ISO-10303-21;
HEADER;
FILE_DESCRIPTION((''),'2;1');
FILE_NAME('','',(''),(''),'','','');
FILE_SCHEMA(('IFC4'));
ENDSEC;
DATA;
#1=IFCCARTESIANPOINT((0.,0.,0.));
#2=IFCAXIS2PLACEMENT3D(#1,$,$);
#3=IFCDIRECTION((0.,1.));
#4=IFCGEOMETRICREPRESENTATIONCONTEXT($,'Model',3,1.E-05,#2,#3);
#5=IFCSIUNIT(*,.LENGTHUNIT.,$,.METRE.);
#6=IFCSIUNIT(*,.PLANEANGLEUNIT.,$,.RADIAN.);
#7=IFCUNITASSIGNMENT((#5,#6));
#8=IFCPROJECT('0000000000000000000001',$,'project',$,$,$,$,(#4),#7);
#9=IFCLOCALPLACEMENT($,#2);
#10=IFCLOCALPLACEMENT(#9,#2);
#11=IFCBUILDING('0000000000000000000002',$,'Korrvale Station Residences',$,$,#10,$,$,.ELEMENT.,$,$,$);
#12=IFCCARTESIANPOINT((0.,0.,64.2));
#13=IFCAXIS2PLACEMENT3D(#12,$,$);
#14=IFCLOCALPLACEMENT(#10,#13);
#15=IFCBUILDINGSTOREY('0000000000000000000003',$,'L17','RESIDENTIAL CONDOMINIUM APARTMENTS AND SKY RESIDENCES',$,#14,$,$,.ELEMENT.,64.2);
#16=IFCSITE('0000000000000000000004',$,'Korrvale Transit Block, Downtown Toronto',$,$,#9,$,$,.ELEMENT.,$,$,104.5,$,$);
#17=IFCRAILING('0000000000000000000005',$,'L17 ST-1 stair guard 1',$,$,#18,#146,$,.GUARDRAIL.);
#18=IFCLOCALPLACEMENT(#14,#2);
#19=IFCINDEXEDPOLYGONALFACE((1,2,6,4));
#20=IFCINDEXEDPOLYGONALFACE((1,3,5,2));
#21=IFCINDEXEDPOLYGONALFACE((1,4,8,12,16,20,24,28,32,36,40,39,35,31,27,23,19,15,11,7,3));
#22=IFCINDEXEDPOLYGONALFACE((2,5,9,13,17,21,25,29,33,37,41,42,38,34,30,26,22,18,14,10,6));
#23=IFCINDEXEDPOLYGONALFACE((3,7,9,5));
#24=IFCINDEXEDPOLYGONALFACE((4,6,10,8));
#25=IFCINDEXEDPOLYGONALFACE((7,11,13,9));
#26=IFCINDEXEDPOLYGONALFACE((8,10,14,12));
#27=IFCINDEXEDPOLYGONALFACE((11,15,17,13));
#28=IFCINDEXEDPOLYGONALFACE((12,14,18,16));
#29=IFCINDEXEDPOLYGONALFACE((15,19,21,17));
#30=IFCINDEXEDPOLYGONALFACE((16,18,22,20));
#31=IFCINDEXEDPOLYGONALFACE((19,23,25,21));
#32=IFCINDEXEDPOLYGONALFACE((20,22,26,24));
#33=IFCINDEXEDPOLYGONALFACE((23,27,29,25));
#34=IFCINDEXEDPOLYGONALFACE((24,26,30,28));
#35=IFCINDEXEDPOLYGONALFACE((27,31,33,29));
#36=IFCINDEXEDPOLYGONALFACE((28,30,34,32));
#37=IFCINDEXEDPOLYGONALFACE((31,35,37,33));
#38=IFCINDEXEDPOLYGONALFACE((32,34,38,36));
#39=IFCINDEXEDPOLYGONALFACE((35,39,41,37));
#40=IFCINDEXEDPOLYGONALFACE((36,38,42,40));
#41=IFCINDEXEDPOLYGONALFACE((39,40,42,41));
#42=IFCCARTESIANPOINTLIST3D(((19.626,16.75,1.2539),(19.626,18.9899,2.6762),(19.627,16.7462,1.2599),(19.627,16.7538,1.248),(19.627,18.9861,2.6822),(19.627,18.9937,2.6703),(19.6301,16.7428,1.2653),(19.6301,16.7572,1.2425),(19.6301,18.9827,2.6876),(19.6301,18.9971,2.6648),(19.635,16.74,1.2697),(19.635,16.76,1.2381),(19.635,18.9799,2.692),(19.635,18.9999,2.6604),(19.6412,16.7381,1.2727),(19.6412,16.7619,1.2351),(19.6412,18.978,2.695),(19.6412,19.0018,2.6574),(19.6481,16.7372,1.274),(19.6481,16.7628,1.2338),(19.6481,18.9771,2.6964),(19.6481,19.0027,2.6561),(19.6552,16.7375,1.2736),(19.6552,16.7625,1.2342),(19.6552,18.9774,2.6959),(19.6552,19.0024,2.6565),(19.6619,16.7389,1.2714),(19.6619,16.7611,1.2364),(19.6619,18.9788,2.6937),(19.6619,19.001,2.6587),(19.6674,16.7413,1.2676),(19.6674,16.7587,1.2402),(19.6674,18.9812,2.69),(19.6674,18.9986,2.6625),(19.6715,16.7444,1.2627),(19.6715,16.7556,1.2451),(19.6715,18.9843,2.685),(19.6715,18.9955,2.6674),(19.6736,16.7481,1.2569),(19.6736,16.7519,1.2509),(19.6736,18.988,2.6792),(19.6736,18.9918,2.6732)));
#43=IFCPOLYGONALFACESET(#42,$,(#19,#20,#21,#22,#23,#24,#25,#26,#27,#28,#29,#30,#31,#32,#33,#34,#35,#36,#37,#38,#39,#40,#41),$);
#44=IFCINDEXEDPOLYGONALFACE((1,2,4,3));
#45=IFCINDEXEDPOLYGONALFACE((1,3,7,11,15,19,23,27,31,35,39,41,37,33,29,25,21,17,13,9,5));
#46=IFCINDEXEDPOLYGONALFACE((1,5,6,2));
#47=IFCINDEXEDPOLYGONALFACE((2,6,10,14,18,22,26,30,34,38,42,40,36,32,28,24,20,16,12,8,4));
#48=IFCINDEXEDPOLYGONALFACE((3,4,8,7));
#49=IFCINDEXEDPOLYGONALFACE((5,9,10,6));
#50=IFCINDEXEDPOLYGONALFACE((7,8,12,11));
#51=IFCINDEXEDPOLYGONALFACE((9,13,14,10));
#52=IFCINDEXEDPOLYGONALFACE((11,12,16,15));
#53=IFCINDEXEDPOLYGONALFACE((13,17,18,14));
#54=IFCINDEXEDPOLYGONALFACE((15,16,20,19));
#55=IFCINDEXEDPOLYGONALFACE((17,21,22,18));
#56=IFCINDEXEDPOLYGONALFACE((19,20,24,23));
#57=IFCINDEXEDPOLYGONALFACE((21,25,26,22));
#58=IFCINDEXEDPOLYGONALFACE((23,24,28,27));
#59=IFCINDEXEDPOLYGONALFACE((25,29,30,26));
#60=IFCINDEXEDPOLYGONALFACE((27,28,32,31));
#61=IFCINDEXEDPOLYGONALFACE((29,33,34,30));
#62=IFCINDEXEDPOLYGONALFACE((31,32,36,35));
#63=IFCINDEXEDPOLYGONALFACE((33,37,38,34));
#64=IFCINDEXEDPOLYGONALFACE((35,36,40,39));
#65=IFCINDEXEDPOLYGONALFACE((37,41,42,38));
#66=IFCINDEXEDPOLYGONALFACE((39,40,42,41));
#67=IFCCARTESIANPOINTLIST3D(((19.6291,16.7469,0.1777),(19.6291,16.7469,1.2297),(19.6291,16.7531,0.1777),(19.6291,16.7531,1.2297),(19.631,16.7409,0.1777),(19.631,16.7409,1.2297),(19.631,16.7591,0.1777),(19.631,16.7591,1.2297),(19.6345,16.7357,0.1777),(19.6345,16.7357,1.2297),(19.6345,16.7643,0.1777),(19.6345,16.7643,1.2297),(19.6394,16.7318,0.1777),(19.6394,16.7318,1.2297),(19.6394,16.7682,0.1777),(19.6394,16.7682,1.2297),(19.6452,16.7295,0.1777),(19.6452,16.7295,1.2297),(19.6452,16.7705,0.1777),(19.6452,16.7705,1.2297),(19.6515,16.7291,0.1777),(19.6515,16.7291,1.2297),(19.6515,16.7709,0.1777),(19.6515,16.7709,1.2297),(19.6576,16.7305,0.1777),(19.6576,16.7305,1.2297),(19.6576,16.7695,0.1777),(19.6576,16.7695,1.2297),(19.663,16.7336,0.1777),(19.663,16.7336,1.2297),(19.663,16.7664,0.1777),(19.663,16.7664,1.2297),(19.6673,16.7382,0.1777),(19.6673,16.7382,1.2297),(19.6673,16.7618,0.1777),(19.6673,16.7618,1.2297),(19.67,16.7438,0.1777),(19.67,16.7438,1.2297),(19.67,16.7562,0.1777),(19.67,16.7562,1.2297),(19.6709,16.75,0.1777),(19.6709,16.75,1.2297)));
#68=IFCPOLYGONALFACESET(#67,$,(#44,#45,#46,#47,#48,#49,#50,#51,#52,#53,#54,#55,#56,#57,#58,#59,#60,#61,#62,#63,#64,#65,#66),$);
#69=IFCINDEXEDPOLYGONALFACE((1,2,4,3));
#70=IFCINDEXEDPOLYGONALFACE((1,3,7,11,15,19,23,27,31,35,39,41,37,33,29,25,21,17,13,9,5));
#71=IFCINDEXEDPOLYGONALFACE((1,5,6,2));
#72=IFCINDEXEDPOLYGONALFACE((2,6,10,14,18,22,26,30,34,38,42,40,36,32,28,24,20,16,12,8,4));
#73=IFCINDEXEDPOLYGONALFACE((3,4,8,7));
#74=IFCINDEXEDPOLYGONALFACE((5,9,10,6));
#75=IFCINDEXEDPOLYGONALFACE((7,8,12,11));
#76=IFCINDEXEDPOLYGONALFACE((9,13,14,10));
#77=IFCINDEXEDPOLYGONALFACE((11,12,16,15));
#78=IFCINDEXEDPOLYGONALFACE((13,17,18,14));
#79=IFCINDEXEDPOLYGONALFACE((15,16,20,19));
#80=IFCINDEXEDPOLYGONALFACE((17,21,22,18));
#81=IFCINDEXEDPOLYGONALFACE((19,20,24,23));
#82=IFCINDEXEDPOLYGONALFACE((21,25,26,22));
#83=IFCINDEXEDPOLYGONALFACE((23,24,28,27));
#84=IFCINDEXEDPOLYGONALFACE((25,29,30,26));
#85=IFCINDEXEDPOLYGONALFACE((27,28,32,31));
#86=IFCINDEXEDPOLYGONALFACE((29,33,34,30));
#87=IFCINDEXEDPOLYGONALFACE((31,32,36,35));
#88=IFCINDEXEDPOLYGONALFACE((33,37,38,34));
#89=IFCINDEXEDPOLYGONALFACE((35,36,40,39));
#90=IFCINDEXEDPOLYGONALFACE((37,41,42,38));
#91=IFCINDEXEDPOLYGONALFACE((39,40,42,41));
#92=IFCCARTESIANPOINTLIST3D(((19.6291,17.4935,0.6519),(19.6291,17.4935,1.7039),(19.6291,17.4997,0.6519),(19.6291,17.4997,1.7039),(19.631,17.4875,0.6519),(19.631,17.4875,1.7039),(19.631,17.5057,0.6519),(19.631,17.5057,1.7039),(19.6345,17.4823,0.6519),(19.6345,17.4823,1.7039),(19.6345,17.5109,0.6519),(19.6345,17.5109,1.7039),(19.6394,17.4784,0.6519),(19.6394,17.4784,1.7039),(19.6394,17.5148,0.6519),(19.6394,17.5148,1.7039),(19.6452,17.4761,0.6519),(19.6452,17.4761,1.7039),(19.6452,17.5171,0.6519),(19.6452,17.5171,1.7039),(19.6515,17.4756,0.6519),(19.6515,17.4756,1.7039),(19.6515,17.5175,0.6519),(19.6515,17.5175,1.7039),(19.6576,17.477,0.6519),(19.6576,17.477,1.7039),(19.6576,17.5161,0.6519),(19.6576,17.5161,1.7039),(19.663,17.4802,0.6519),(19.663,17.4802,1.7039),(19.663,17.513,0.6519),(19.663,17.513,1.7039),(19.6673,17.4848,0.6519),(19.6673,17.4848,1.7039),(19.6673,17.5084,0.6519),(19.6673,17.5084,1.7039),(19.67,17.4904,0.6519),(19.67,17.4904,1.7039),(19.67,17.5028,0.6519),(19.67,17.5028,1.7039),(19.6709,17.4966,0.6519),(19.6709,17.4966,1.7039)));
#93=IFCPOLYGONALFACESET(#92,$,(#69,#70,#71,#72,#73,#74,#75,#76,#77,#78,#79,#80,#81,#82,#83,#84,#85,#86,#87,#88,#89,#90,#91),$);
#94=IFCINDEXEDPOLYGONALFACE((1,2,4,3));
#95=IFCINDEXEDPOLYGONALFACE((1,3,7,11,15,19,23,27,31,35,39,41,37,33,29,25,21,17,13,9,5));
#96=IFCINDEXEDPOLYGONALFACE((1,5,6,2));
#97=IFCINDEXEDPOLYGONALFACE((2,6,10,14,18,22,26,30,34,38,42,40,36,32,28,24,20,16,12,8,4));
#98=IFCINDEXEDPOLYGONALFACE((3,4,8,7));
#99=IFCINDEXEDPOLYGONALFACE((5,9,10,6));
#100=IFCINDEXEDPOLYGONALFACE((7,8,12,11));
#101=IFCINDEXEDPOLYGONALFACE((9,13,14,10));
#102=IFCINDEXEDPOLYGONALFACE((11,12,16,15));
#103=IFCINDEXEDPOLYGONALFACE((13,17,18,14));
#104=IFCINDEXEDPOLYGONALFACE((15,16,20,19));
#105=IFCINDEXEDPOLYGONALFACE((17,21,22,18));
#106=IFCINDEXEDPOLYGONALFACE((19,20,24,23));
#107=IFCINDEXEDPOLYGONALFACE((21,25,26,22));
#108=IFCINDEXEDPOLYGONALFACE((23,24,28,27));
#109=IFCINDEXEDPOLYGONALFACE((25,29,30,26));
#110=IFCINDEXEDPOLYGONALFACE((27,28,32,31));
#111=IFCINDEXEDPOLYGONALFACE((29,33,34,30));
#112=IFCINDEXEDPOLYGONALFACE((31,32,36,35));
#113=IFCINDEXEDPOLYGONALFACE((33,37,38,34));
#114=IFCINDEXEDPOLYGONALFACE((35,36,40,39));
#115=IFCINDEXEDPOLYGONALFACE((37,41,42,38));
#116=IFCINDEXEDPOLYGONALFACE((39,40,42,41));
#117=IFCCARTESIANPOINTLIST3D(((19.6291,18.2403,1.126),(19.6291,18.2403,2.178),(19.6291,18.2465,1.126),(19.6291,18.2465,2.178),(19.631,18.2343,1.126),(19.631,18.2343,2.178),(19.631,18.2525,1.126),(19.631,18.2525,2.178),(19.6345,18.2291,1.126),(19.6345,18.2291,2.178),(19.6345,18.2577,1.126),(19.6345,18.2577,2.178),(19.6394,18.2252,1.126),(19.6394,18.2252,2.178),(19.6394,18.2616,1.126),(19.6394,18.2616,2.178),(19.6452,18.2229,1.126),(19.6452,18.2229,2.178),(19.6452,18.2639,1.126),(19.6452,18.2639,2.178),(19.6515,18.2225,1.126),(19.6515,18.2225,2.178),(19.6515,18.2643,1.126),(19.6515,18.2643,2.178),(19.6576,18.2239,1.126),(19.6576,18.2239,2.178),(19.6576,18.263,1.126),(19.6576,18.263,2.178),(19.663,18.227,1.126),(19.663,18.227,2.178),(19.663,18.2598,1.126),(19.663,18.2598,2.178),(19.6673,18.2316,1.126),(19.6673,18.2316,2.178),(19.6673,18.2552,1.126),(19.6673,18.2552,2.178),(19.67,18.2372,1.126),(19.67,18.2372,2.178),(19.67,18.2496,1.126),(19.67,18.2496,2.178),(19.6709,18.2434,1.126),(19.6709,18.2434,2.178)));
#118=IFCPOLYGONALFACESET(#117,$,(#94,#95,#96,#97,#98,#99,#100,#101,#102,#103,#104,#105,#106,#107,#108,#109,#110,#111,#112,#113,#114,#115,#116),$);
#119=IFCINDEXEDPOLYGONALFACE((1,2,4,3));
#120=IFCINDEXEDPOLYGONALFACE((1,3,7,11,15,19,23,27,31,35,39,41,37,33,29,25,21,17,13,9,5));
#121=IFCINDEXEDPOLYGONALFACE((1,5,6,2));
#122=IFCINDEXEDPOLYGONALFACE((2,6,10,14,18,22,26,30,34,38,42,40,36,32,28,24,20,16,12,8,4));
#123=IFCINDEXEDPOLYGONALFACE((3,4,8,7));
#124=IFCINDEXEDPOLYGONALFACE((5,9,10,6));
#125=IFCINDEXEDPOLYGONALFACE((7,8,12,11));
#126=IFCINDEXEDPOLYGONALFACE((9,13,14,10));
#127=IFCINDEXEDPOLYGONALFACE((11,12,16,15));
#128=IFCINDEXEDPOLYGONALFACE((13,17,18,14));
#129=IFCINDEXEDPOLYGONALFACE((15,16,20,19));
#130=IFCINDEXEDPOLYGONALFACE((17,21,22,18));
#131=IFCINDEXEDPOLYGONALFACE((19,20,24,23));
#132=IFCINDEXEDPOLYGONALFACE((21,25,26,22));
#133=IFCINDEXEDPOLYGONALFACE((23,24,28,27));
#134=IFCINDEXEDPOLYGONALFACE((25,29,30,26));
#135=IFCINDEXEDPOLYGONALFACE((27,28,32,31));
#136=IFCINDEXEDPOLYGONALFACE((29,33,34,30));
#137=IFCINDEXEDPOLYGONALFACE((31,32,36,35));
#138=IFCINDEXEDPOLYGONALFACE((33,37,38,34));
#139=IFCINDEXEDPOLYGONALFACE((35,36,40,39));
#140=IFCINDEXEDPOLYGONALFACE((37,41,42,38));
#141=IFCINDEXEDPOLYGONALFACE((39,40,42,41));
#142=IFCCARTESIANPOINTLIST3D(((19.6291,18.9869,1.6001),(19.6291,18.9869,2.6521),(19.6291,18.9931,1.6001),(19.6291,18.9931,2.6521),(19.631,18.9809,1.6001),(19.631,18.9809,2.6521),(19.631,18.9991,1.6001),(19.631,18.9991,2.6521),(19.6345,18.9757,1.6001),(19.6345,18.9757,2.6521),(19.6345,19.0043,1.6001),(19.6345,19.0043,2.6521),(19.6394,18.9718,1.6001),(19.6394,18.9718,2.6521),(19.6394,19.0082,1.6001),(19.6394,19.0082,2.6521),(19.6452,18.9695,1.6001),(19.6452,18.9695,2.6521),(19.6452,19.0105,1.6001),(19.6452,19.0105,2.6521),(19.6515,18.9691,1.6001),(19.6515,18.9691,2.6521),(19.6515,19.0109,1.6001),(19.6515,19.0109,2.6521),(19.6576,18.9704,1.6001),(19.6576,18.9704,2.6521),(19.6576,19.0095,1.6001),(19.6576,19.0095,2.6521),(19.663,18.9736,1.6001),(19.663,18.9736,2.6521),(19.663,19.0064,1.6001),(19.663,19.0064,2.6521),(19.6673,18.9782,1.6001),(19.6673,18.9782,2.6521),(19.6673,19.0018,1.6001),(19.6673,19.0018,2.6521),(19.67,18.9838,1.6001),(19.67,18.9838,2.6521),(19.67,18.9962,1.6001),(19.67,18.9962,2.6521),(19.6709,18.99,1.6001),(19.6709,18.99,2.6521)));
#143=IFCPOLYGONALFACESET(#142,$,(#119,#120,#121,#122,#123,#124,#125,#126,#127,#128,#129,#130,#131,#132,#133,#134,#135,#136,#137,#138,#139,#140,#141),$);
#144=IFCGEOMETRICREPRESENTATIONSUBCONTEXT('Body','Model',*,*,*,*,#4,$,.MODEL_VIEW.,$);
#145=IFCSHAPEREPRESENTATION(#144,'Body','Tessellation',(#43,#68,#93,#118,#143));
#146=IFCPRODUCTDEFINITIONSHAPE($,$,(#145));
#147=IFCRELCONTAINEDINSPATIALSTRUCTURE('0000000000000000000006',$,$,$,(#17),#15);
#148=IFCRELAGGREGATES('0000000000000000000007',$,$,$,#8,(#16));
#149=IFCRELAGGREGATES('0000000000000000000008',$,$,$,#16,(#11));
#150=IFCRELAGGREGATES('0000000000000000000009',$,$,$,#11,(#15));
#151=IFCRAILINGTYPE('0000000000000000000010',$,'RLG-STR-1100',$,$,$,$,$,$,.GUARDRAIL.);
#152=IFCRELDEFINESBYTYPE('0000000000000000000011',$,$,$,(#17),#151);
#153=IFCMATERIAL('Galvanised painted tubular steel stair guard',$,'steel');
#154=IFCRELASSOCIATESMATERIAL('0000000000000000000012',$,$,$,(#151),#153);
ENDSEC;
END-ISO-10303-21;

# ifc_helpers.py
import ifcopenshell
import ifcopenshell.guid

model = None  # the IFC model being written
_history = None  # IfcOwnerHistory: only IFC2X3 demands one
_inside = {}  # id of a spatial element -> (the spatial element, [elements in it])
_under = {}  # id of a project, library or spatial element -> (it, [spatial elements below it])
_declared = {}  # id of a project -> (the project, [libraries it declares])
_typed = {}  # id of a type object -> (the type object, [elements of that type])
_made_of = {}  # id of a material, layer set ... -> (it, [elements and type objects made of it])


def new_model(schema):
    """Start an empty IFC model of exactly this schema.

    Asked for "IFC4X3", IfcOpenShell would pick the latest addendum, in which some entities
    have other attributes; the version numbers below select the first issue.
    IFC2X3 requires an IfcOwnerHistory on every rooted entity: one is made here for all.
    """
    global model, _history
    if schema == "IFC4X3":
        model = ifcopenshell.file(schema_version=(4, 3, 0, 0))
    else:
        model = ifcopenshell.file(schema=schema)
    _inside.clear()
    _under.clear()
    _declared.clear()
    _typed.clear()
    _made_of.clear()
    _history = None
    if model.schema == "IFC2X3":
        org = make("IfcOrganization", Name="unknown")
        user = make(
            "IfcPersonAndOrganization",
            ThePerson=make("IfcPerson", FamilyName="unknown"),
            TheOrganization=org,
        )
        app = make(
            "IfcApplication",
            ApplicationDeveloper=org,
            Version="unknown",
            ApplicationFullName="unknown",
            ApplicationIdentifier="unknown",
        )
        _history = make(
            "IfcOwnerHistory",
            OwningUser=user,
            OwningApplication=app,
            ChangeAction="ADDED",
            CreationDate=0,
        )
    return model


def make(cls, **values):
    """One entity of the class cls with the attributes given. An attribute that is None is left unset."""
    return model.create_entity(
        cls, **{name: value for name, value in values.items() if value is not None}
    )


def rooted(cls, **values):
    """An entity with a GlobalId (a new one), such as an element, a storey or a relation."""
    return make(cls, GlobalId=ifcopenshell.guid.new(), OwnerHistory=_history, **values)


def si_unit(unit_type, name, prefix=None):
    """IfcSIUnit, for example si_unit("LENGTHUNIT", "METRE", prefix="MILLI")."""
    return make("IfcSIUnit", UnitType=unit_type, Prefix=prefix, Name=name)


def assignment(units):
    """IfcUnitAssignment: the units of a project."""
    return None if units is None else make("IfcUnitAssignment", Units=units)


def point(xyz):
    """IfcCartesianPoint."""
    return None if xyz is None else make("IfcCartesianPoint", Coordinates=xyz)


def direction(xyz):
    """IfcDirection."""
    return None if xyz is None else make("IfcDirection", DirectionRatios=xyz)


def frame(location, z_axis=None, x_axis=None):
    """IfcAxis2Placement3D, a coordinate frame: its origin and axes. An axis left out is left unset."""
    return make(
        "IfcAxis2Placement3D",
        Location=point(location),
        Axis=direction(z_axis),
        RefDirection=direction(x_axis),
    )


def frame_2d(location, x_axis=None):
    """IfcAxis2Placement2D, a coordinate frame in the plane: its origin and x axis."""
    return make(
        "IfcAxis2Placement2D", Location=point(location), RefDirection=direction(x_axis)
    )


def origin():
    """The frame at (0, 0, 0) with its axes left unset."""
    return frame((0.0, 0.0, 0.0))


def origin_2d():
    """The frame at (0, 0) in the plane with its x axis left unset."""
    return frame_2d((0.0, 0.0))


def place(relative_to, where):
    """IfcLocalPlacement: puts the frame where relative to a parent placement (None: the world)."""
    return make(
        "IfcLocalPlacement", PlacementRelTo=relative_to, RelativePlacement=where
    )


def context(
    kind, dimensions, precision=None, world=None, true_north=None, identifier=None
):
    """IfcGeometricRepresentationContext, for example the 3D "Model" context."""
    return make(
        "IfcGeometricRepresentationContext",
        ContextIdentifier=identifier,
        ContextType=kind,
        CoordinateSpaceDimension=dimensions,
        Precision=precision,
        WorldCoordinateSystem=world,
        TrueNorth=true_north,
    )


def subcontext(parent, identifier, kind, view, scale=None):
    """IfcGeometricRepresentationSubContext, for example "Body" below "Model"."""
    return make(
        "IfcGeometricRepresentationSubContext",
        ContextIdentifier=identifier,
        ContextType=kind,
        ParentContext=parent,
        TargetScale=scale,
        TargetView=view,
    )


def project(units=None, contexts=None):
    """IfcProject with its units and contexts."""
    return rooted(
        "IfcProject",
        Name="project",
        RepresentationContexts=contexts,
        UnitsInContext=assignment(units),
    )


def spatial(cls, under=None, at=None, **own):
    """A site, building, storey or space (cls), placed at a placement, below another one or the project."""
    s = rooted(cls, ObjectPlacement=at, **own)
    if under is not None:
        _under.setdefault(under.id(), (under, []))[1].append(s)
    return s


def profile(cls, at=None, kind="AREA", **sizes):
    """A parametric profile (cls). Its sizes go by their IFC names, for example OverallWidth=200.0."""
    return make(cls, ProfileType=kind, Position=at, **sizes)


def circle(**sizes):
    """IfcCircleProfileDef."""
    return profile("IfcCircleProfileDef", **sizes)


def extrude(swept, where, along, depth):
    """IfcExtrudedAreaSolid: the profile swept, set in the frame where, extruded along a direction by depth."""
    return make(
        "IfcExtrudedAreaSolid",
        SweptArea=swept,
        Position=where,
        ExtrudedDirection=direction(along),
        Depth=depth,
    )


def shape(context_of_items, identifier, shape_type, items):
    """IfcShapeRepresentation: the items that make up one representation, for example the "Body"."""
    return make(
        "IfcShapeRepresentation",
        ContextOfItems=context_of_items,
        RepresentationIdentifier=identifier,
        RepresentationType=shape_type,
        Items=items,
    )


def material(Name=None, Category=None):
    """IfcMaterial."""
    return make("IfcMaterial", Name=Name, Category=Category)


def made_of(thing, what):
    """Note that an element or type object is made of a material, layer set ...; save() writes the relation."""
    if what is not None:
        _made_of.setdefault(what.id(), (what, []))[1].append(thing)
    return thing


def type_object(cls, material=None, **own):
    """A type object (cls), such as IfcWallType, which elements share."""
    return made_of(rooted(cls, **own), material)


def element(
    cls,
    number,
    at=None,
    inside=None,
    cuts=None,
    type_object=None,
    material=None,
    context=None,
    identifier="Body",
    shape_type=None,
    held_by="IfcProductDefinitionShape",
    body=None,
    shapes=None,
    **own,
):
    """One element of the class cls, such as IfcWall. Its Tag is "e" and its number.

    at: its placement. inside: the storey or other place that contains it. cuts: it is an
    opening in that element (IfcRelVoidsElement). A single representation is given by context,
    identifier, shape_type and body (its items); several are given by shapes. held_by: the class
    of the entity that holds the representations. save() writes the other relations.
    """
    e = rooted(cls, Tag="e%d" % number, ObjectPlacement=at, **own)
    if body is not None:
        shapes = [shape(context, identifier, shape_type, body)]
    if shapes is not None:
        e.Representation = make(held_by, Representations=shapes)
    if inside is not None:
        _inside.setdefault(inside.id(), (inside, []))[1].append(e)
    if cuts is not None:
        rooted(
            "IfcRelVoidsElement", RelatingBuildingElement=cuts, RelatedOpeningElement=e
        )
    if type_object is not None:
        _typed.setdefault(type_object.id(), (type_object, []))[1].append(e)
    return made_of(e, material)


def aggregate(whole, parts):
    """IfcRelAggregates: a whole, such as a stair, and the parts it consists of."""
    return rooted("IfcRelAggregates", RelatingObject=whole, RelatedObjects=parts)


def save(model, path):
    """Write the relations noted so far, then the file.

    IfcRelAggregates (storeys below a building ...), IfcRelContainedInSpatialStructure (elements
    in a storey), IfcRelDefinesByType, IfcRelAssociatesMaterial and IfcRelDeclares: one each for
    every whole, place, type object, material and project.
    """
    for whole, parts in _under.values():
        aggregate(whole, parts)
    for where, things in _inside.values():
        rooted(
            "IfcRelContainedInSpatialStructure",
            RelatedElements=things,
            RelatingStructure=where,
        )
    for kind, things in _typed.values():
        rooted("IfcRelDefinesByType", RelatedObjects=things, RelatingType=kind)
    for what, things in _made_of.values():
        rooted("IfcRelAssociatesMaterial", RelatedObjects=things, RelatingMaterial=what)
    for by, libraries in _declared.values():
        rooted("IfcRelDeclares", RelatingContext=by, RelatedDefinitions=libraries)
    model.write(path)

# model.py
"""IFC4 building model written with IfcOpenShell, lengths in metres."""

from ifc_helpers import new_model, si_unit, direction, frame, origin, origin_2d, place, context, subcontext, project, spatial, circle, extrude, material, type_object, element, save


model = new_model("IFC4")

# Units and contexts
model_context = context("Model", 3, precision=1e-05, world=origin(), true_north=direction((0.0, 1.0)))
body_context = subcontext(model_context, "Body", "Model", "MODEL_VIEW")
ifc_project = project(units=[si_unit("LENGTHUNIT", "METRE"), si_unit("PLANEANGLEUNIT", "RADIAN")], contexts=[model_context])

# Site, building, storey
site_placement = place(None, origin())
site = spatial("IfcSite", under=ifc_project, at=site_placement, Name="Korrvale Transit Block, Downtown Toronto", CompositionType="ELEMENT", RefElevation=104.5)
building_placement = place(site_placement, origin())
building = spatial("IfcBuilding", under=site, at=building_placement, Name="Korrvale Station Residences", CompositionType="ELEMENT")
storey_placement = place(building_placement, frame((0.0, 0.0, 64.2)))
storey = spatial("IfcBuildingStorey", under=building, at=storey_placement, Name="L17", Description="RESIDENTIAL CONDOMINIUM APARTMENTS AND SKY RESIDENCES", CompositionType="ELEMENT", Elevation=64.2)

# Railing
ifc_material_1 = material(Name="Galvanised painted tubular steel stair guard", Category="steel")
railing_type_1 = type_object("IfcRailingType", Name="RLG-STR-1100", PredefinedType="GUARDRAIL", material=ifc_material_1)
railing_1_placement = place(storey_placement, frame((19.6499, 16.75, 0.1777)))
element("IfcRailing", 1, at=railing_1_placement, inside=storey, type_object=railing_type_1, Name="L17 ST-1 stair guard 1", PredefinedType="GUARDRAIL", context=body_context, shape_type="SweptSolid", body=[
    extrude(circle(Radius=0.0239, at=origin_2d()), frame((0.0, 0.0, 1.0762), z_axis=(0.0, 0.844188, 0.536048), x_axis=(-1.0, 0.0, 0.0)), (0.0, 0.0, 1.0), 2.6533),
    extrude(circle(Radius=0.021, at=origin_2d()), origin(), (0.0, 0.0, 1.0), 1.052),
    extrude(circle(Radius=0.021, at=origin_2d()), frame((0.0, 0.7466, 0.4741)), (0.0, 0.0, 1.0), 1.052),
    extrude(circle(Radius=0.021, at=origin_2d()), frame((0.0, 1.4934, 0.9482)), (0.0, 0.0, 1.0), 1.052),
    extrude(circle(Radius=0.021, at=origin_2d()), frame((0.0, 2.24, 1.4224)), (0.0, 0.0, 1.0), 1.052),
])

save(model, "model.ifc")
